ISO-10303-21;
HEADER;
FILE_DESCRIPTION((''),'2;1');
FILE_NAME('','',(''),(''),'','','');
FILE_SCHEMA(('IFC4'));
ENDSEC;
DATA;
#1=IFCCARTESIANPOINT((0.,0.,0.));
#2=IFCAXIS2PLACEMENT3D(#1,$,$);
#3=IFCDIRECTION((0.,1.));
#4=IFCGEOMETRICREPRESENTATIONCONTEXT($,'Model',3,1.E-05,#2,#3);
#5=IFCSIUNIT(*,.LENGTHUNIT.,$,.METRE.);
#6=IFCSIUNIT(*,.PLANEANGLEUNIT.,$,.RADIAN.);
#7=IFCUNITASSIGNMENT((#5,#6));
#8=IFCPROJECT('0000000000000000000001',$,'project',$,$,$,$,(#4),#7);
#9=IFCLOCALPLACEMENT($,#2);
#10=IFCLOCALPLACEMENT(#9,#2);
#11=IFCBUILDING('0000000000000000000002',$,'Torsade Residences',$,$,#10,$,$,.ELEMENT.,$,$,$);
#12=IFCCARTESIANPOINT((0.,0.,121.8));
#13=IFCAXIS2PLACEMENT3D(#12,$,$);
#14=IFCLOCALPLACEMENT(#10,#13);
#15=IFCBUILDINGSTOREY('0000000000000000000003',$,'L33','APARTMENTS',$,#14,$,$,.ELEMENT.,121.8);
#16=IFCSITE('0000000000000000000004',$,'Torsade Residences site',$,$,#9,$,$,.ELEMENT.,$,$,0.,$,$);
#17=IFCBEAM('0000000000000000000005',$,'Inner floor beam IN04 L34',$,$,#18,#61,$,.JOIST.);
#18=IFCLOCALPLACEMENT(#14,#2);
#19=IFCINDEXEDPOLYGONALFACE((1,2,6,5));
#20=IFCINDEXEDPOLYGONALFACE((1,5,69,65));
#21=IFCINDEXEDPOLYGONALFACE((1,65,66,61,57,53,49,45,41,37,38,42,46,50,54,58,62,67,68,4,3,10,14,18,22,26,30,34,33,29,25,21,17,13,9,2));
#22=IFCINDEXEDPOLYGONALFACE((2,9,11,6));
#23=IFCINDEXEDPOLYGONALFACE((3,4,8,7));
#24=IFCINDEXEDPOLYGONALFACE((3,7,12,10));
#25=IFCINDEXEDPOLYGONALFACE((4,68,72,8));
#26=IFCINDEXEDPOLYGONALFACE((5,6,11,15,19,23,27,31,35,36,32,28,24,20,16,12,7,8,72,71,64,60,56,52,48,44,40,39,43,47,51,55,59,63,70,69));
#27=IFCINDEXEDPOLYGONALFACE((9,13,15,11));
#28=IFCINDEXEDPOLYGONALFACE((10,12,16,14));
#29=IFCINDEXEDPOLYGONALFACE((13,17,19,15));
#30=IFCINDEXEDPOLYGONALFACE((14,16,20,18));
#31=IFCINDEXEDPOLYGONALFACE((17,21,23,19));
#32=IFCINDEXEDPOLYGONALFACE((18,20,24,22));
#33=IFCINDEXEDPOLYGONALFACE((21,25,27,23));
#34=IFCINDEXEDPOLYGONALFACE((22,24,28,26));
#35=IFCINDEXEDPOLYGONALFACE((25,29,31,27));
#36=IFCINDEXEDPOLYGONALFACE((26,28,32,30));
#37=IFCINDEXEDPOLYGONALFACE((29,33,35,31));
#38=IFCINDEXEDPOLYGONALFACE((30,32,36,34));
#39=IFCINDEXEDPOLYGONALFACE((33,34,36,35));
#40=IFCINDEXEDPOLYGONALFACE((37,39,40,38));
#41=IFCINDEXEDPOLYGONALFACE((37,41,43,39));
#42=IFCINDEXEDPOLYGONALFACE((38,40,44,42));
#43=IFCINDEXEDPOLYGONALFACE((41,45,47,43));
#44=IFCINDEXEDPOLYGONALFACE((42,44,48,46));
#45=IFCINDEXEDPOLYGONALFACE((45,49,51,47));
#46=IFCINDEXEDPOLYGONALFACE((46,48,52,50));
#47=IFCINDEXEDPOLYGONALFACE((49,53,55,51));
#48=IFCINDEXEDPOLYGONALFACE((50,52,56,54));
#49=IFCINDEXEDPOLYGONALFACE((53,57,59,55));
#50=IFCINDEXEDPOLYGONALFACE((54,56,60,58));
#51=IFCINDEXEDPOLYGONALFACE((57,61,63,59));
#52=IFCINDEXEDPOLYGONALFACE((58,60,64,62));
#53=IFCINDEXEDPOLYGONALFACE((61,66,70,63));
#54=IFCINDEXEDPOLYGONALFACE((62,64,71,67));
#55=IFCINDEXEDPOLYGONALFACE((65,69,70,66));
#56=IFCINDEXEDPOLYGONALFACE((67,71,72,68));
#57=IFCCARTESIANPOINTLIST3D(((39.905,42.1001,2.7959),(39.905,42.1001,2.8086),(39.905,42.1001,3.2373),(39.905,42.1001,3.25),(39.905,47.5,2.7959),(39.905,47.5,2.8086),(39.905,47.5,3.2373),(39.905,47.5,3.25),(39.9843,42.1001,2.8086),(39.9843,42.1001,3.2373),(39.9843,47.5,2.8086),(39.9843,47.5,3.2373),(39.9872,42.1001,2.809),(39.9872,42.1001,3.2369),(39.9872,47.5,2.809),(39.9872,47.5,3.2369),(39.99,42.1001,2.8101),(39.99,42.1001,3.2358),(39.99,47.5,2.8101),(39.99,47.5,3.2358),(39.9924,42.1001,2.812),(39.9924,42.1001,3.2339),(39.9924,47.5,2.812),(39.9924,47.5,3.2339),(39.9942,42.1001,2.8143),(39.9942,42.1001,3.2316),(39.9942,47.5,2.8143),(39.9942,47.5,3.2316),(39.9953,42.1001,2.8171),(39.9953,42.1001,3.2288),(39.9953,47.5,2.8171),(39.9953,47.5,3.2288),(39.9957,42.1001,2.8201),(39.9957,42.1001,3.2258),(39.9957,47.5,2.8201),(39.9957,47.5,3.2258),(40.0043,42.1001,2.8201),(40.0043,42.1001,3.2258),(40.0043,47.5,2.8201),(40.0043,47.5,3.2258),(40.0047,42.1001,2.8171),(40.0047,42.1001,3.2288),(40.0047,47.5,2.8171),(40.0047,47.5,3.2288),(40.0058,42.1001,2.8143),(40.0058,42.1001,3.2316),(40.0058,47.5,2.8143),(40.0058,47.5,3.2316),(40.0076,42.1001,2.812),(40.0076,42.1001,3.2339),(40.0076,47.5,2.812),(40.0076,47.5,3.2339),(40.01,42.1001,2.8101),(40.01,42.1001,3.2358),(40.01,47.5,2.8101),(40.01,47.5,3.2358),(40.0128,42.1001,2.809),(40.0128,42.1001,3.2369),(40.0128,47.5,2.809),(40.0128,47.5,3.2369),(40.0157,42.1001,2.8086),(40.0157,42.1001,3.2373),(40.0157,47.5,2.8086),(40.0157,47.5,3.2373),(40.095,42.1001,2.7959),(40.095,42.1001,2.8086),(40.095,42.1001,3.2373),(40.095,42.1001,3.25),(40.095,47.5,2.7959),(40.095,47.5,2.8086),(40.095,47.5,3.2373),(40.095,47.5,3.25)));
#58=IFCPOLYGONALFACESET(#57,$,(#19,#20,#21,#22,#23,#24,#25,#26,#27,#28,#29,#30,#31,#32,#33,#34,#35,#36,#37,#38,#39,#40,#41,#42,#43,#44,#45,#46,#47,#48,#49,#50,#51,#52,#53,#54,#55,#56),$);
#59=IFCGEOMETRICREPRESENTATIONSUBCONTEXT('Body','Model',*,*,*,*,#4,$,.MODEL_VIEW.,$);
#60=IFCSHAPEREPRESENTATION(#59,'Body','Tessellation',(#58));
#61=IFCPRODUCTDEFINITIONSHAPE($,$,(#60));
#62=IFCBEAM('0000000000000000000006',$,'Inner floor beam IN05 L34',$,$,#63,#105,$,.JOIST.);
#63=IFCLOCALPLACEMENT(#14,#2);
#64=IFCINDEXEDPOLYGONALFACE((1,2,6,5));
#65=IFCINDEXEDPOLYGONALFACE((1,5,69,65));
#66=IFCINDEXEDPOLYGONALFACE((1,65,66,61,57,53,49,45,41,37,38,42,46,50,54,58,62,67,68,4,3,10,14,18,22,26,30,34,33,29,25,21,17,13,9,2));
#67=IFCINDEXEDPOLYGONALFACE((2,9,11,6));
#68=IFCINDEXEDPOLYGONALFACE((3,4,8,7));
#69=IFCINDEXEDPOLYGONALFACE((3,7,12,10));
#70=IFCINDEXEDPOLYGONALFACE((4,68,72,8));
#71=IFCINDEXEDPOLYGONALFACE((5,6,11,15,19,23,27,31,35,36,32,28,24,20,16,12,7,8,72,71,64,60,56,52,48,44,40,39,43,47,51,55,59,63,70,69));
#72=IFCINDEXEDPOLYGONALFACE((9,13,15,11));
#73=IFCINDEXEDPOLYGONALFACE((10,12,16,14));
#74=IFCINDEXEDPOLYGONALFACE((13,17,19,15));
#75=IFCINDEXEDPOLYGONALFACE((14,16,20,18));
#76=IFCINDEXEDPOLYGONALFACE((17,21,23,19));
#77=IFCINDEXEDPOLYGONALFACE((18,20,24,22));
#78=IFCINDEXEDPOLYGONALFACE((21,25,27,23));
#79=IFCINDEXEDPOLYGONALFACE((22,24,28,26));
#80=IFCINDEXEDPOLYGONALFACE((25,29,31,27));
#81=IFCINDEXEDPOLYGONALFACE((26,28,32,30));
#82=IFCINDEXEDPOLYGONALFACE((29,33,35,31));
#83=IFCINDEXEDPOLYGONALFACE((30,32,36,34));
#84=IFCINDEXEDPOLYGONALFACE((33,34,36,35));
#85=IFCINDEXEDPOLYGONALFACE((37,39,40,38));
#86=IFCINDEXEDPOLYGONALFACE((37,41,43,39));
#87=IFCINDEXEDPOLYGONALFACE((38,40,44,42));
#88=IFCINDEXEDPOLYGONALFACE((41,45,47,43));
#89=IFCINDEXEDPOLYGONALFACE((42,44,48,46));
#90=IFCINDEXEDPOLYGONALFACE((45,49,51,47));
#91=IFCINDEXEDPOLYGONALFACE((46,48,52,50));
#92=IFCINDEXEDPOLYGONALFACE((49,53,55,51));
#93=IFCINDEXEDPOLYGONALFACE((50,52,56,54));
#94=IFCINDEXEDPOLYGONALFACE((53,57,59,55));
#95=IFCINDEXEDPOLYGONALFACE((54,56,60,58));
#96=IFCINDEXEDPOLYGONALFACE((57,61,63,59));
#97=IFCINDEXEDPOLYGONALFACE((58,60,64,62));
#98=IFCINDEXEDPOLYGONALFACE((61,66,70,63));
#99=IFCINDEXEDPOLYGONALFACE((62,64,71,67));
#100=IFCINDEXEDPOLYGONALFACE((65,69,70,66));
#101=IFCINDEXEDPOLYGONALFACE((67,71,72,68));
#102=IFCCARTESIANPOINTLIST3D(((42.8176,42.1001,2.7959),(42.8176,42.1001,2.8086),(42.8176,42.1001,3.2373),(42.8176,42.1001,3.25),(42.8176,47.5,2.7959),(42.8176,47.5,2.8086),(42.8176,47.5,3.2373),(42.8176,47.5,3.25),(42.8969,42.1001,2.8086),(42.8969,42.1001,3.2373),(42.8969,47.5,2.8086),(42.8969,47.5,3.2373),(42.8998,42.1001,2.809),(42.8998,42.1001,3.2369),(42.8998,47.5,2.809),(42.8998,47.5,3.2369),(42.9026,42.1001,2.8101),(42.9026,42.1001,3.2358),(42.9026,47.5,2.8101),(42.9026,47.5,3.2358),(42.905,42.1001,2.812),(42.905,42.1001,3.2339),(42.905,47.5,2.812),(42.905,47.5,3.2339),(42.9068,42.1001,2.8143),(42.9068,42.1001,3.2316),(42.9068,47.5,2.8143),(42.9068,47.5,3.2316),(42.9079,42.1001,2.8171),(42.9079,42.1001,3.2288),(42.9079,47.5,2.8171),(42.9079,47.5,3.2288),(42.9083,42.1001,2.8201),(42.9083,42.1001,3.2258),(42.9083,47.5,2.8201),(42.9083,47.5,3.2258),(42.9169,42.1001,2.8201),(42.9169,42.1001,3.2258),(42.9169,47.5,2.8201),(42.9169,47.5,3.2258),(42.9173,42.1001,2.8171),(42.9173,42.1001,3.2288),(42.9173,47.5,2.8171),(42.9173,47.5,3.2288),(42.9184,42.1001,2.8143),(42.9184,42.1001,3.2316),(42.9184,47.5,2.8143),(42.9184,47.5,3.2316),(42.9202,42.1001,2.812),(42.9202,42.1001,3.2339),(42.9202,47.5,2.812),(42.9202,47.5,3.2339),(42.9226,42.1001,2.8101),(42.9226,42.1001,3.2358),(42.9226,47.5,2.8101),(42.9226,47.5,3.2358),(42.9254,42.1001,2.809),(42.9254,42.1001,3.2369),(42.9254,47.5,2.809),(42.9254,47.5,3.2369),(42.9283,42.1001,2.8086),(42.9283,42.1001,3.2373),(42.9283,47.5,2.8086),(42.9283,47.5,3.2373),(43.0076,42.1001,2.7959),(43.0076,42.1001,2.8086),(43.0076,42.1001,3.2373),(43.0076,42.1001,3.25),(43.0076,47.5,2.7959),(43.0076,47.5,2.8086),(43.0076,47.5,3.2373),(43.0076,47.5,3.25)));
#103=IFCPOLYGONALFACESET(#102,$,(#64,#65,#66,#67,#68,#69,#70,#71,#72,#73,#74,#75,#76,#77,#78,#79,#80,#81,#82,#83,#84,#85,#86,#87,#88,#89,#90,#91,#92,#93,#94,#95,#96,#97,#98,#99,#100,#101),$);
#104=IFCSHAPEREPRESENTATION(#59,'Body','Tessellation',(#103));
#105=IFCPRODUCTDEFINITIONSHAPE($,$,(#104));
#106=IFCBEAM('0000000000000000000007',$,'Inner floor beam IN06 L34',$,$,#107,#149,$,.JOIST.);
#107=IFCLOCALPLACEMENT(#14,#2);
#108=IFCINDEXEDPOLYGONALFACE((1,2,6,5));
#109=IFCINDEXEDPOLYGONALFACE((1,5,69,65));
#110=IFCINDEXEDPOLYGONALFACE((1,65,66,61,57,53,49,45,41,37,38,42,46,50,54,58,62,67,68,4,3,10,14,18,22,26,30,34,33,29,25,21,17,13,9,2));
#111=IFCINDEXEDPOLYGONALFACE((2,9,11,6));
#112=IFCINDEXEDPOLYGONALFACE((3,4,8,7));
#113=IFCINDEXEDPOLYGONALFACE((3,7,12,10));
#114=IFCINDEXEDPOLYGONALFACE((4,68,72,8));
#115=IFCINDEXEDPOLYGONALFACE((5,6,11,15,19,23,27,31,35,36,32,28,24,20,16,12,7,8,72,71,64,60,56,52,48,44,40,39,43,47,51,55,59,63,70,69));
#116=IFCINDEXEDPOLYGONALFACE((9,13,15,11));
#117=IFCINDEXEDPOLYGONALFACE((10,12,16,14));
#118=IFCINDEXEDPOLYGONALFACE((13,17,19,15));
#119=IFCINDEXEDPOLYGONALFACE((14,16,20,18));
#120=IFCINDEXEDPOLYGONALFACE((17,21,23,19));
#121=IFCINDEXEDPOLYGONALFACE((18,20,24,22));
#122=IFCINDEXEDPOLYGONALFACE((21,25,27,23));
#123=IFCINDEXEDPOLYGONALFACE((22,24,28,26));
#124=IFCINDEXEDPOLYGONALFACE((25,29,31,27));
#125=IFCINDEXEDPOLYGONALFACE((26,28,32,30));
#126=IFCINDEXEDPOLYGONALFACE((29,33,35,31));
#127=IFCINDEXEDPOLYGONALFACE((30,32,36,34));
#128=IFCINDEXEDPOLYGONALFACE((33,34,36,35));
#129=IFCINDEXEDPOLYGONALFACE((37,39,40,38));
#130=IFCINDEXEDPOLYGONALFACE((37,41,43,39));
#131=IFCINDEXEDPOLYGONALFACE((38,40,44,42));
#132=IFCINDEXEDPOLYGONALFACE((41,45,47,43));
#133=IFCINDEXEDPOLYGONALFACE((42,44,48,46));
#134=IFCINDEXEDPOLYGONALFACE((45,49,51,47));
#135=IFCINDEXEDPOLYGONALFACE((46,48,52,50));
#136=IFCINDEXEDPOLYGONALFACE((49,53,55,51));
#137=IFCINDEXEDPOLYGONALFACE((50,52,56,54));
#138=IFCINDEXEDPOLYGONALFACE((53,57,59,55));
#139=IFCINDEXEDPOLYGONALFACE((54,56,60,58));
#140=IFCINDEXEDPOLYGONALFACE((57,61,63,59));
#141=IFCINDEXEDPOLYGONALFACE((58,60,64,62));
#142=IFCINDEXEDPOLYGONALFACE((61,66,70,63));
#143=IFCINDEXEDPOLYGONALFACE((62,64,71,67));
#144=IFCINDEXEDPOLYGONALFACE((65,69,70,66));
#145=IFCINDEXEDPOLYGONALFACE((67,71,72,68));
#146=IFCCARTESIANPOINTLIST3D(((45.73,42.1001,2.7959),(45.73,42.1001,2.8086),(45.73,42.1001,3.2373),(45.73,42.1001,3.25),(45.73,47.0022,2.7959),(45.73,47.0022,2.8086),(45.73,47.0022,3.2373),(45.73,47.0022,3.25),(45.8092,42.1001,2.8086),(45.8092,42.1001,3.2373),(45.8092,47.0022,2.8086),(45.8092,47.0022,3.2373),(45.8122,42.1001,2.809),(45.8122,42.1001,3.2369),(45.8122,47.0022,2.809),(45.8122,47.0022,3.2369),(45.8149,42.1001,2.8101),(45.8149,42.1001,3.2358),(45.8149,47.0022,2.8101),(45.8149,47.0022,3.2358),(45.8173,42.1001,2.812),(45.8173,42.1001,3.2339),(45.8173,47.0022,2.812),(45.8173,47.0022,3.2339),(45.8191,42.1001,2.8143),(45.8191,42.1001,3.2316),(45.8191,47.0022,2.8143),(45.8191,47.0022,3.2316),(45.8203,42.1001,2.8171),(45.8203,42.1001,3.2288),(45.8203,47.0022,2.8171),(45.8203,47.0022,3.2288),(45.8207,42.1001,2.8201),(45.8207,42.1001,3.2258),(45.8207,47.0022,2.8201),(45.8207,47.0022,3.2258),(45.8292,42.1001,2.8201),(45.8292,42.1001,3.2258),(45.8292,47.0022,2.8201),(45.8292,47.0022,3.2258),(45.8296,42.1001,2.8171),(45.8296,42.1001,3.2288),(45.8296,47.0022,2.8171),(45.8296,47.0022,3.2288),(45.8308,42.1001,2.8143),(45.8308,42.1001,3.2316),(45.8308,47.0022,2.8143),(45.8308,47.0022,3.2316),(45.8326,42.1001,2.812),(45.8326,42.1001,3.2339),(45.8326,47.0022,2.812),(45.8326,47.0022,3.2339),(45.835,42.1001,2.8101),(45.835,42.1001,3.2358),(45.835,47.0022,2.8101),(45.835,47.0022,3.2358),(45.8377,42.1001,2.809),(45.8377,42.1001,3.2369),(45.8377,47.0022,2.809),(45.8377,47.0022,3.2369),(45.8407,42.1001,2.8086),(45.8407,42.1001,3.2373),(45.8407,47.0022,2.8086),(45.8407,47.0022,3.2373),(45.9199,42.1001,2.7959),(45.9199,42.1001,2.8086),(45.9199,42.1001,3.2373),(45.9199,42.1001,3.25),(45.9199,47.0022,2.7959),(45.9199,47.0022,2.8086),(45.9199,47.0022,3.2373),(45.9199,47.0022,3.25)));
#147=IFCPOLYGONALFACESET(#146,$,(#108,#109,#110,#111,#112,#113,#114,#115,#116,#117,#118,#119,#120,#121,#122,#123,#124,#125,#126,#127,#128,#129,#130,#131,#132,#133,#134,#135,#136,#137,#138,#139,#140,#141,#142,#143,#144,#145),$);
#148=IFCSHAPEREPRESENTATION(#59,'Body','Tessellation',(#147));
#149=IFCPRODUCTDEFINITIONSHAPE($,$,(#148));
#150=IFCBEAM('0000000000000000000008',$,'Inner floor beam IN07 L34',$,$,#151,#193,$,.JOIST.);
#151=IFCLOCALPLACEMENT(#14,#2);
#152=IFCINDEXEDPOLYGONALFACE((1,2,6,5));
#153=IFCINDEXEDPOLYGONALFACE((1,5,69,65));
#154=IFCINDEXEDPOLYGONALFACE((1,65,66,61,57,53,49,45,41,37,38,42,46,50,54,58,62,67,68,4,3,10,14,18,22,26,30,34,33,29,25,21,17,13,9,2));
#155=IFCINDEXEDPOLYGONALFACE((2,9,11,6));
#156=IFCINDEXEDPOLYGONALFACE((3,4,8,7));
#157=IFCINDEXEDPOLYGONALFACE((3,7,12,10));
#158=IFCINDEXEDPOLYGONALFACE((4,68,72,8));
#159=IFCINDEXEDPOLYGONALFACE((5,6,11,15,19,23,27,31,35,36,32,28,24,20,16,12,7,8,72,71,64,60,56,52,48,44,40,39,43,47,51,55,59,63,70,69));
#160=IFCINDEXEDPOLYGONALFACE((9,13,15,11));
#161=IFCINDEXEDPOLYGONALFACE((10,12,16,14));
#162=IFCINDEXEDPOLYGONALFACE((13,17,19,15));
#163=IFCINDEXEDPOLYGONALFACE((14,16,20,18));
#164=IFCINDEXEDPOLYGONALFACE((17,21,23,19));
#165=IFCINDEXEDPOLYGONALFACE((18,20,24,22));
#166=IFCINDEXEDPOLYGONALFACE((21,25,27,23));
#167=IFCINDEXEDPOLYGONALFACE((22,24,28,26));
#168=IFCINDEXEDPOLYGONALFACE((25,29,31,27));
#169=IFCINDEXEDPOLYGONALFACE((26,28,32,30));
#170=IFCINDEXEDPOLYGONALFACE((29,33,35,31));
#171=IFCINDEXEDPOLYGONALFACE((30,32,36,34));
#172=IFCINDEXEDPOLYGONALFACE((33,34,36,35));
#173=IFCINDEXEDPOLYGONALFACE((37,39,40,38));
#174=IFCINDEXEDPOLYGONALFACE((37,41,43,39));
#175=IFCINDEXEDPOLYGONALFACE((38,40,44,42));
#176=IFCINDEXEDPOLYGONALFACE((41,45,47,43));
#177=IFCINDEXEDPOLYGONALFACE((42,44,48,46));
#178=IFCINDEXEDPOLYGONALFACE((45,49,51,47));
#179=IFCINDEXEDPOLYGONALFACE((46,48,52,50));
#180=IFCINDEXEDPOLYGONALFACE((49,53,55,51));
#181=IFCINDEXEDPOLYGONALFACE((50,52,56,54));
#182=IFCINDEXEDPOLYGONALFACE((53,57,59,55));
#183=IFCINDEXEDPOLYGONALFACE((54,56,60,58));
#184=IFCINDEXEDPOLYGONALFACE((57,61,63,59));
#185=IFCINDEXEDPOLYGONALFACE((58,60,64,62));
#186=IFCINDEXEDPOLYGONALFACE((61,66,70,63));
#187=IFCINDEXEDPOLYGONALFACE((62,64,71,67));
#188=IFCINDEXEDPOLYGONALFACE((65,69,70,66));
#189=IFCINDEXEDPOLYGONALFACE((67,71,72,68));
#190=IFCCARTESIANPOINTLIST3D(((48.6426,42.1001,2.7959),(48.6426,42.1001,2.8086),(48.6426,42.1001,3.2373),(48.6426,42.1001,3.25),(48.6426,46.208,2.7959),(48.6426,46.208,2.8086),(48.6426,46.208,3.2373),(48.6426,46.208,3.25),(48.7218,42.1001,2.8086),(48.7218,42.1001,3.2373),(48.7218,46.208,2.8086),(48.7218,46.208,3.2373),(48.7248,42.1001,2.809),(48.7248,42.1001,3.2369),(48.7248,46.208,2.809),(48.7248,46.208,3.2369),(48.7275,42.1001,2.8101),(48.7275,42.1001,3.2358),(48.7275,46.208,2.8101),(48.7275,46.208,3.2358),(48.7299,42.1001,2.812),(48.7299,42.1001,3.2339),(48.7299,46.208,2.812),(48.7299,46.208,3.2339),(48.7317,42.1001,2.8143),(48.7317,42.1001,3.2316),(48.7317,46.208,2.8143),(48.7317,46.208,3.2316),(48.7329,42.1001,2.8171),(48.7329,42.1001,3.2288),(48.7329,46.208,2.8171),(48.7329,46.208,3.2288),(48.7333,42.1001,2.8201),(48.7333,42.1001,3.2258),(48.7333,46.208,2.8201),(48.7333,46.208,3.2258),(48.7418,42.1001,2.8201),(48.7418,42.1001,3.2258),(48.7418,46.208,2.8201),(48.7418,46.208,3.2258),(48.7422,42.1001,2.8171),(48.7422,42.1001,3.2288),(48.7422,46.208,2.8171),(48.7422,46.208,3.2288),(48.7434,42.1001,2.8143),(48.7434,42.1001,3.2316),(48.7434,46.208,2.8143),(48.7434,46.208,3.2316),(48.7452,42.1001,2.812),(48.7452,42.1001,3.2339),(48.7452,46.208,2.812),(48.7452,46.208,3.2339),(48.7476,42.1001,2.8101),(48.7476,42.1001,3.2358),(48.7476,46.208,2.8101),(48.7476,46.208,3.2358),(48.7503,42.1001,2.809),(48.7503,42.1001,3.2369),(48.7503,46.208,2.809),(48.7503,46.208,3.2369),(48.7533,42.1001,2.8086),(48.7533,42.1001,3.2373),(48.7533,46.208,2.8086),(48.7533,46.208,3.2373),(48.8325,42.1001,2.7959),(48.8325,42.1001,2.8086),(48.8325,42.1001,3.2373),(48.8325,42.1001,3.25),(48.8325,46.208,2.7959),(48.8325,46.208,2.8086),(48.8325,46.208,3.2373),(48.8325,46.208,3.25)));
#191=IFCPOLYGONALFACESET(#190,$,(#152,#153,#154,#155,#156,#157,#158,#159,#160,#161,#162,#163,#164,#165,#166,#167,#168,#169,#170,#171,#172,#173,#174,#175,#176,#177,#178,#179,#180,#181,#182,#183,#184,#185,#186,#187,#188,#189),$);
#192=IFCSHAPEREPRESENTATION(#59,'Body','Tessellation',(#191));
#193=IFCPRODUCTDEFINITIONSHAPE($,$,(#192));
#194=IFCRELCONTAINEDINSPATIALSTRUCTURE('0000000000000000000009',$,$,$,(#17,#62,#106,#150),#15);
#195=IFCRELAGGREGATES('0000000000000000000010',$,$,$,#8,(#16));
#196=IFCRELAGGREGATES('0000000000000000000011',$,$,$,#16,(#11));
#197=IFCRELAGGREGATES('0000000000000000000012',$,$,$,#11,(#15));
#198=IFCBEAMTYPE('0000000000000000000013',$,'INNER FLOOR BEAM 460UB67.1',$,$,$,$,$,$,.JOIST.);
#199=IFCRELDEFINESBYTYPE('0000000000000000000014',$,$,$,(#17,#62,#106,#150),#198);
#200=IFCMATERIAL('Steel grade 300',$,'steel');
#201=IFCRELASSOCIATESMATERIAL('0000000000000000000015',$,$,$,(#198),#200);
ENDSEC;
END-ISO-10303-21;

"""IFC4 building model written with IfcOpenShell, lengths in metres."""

from ifc_helpers import new_model, si_unit, direction, frame, origin, origin_2d, place, context, subcontext, project, spatial, i_section, extrude, material, material_profile, profile_set, type_object, element, save


model = new_model("IFC4")

# Units and contexts
model_context = context("Model", 3, precision=1e-05, world=origin(), true_north=direction((0.0, 1.0)))
body_context = subcontext(model_context, "Body", "Model", "MODEL_VIEW")
ifc_project = project(units=[si_unit("LENGTHUNIT", "METRE"), si_unit("PLANEANGLEUNIT", "RADIAN")], contexts=[model_context])

# Site, building, storey
site_placement = place(None, origin())
site = spatial("IfcSite", under=ifc_project, at=site_placement, Name="Torsade Residences site", CompositionType="ELEMENT", RefElevation=0.0)
building_placement = place(site_placement, origin())
building = spatial("IfcBuilding", under=site, at=building_placement, Name="Torsade Residences", CompositionType="ELEMENT")
storey_placement = place(building_placement, frame((0.0, 0.0, 121.8)))
storey = spatial("IfcBuildingStorey", under=building, at=storey_placement, Name="L33", Description="APARTMENTS", CompositionType="ELEMENT", Elevation=121.8)

# Beams
ifc_material_1 = material(Name="Steel grade 300", Category="steel")
ifc_material_profile = material_profile(ifc_material_1, i_section(OverallWidth=0.1899, OverallDepth=0.4541, WebThickness=0.0085, FlangeThickness=0.0127, FilletRadius=0.0115, at=origin_2d()), Name="460UB67.1")
ifc_profile_set = profile_set([ifc_material_profile], Name="Steel grade 300")
beam_type = type_object("IfcBeamType", Name="INNER FLOOR BEAM 460UB67.1", PredefinedType="JOIST", material=ifc_profile_set)
for number, where, z_axis, x_axis, name in (
    (1, (40.0, 42.1001, 3.0229), (0.0, 1.0, 0.0), (-1.0, 0.0, 0.0), "Inner floor beam IN04 L34"),
    (2, (42.9126, 42.1001, 3.0229), (0.0, 1.0, 0.0), (-1.0, 0.0, 0.0), "Inner floor beam IN05 L34"),
):
    element("IfcBeam", number, at=place(storey_placement, frame(where, z_axis=z_axis, x_axis=x_axis)), inside=storey, type_object=beam_type, Name=name, PredefinedType="JOIST", context=body_context, shape_type="SweptSolid", body=[
        extrude(i_section(OverallWidth=0.1899, OverallDepth=0.4541, WebThickness=0.0085, FlangeThickness=0.0127, FilletRadius=0.0115, at=origin_2d()), origin(), (0.0, 0.0, 1.0), 5.3999),
    ])
beam_1_placement = place(storey_placement, frame((45.825, 42.1001, 3.0229), z_axis=(0.0, 1.0, 0.0), x_axis=(-1.0, 0.0, 0.0)))
element("IfcBeam", 3, at=beam_1_placement, inside=storey, type_object=beam_type, Name="Inner floor beam IN06 L34", PredefinedType="JOIST", context=body_context, shape_type="SweptSolid", body=[
    extrude(i_section(OverallWidth=0.1899, OverallDepth=0.4541, WebThickness=0.0085, FlangeThickness=0.0127, FilletRadius=0.0115, at=origin_2d()), origin(), (0.0, 0.0, 1.0), 4.9021),
])
beam_2_placement = place(storey_placement, frame((48.7375, 42.1001, 3.0229), z_axis=(0.0, 1.0, 0.0), x_axis=(-1.0, 0.0, 0.0)))
element("IfcBeam", 4, at=beam_2_placement, inside=storey, type_object=beam_type, Name="Inner floor beam IN07 L34", PredefinedType="JOIST", context=body_context, shape_type="SweptSolid", body=[
    extrude(i_section(OverallWidth=0.1899, OverallDepth=0.4541, WebThickness=0.0085, FlangeThickness=0.0127, FilletRadius=0.0115, at=origin_2d()), origin(), (0.0, 0.0, 1.0), 4.1079),
])

save(model, "model.ifc")
